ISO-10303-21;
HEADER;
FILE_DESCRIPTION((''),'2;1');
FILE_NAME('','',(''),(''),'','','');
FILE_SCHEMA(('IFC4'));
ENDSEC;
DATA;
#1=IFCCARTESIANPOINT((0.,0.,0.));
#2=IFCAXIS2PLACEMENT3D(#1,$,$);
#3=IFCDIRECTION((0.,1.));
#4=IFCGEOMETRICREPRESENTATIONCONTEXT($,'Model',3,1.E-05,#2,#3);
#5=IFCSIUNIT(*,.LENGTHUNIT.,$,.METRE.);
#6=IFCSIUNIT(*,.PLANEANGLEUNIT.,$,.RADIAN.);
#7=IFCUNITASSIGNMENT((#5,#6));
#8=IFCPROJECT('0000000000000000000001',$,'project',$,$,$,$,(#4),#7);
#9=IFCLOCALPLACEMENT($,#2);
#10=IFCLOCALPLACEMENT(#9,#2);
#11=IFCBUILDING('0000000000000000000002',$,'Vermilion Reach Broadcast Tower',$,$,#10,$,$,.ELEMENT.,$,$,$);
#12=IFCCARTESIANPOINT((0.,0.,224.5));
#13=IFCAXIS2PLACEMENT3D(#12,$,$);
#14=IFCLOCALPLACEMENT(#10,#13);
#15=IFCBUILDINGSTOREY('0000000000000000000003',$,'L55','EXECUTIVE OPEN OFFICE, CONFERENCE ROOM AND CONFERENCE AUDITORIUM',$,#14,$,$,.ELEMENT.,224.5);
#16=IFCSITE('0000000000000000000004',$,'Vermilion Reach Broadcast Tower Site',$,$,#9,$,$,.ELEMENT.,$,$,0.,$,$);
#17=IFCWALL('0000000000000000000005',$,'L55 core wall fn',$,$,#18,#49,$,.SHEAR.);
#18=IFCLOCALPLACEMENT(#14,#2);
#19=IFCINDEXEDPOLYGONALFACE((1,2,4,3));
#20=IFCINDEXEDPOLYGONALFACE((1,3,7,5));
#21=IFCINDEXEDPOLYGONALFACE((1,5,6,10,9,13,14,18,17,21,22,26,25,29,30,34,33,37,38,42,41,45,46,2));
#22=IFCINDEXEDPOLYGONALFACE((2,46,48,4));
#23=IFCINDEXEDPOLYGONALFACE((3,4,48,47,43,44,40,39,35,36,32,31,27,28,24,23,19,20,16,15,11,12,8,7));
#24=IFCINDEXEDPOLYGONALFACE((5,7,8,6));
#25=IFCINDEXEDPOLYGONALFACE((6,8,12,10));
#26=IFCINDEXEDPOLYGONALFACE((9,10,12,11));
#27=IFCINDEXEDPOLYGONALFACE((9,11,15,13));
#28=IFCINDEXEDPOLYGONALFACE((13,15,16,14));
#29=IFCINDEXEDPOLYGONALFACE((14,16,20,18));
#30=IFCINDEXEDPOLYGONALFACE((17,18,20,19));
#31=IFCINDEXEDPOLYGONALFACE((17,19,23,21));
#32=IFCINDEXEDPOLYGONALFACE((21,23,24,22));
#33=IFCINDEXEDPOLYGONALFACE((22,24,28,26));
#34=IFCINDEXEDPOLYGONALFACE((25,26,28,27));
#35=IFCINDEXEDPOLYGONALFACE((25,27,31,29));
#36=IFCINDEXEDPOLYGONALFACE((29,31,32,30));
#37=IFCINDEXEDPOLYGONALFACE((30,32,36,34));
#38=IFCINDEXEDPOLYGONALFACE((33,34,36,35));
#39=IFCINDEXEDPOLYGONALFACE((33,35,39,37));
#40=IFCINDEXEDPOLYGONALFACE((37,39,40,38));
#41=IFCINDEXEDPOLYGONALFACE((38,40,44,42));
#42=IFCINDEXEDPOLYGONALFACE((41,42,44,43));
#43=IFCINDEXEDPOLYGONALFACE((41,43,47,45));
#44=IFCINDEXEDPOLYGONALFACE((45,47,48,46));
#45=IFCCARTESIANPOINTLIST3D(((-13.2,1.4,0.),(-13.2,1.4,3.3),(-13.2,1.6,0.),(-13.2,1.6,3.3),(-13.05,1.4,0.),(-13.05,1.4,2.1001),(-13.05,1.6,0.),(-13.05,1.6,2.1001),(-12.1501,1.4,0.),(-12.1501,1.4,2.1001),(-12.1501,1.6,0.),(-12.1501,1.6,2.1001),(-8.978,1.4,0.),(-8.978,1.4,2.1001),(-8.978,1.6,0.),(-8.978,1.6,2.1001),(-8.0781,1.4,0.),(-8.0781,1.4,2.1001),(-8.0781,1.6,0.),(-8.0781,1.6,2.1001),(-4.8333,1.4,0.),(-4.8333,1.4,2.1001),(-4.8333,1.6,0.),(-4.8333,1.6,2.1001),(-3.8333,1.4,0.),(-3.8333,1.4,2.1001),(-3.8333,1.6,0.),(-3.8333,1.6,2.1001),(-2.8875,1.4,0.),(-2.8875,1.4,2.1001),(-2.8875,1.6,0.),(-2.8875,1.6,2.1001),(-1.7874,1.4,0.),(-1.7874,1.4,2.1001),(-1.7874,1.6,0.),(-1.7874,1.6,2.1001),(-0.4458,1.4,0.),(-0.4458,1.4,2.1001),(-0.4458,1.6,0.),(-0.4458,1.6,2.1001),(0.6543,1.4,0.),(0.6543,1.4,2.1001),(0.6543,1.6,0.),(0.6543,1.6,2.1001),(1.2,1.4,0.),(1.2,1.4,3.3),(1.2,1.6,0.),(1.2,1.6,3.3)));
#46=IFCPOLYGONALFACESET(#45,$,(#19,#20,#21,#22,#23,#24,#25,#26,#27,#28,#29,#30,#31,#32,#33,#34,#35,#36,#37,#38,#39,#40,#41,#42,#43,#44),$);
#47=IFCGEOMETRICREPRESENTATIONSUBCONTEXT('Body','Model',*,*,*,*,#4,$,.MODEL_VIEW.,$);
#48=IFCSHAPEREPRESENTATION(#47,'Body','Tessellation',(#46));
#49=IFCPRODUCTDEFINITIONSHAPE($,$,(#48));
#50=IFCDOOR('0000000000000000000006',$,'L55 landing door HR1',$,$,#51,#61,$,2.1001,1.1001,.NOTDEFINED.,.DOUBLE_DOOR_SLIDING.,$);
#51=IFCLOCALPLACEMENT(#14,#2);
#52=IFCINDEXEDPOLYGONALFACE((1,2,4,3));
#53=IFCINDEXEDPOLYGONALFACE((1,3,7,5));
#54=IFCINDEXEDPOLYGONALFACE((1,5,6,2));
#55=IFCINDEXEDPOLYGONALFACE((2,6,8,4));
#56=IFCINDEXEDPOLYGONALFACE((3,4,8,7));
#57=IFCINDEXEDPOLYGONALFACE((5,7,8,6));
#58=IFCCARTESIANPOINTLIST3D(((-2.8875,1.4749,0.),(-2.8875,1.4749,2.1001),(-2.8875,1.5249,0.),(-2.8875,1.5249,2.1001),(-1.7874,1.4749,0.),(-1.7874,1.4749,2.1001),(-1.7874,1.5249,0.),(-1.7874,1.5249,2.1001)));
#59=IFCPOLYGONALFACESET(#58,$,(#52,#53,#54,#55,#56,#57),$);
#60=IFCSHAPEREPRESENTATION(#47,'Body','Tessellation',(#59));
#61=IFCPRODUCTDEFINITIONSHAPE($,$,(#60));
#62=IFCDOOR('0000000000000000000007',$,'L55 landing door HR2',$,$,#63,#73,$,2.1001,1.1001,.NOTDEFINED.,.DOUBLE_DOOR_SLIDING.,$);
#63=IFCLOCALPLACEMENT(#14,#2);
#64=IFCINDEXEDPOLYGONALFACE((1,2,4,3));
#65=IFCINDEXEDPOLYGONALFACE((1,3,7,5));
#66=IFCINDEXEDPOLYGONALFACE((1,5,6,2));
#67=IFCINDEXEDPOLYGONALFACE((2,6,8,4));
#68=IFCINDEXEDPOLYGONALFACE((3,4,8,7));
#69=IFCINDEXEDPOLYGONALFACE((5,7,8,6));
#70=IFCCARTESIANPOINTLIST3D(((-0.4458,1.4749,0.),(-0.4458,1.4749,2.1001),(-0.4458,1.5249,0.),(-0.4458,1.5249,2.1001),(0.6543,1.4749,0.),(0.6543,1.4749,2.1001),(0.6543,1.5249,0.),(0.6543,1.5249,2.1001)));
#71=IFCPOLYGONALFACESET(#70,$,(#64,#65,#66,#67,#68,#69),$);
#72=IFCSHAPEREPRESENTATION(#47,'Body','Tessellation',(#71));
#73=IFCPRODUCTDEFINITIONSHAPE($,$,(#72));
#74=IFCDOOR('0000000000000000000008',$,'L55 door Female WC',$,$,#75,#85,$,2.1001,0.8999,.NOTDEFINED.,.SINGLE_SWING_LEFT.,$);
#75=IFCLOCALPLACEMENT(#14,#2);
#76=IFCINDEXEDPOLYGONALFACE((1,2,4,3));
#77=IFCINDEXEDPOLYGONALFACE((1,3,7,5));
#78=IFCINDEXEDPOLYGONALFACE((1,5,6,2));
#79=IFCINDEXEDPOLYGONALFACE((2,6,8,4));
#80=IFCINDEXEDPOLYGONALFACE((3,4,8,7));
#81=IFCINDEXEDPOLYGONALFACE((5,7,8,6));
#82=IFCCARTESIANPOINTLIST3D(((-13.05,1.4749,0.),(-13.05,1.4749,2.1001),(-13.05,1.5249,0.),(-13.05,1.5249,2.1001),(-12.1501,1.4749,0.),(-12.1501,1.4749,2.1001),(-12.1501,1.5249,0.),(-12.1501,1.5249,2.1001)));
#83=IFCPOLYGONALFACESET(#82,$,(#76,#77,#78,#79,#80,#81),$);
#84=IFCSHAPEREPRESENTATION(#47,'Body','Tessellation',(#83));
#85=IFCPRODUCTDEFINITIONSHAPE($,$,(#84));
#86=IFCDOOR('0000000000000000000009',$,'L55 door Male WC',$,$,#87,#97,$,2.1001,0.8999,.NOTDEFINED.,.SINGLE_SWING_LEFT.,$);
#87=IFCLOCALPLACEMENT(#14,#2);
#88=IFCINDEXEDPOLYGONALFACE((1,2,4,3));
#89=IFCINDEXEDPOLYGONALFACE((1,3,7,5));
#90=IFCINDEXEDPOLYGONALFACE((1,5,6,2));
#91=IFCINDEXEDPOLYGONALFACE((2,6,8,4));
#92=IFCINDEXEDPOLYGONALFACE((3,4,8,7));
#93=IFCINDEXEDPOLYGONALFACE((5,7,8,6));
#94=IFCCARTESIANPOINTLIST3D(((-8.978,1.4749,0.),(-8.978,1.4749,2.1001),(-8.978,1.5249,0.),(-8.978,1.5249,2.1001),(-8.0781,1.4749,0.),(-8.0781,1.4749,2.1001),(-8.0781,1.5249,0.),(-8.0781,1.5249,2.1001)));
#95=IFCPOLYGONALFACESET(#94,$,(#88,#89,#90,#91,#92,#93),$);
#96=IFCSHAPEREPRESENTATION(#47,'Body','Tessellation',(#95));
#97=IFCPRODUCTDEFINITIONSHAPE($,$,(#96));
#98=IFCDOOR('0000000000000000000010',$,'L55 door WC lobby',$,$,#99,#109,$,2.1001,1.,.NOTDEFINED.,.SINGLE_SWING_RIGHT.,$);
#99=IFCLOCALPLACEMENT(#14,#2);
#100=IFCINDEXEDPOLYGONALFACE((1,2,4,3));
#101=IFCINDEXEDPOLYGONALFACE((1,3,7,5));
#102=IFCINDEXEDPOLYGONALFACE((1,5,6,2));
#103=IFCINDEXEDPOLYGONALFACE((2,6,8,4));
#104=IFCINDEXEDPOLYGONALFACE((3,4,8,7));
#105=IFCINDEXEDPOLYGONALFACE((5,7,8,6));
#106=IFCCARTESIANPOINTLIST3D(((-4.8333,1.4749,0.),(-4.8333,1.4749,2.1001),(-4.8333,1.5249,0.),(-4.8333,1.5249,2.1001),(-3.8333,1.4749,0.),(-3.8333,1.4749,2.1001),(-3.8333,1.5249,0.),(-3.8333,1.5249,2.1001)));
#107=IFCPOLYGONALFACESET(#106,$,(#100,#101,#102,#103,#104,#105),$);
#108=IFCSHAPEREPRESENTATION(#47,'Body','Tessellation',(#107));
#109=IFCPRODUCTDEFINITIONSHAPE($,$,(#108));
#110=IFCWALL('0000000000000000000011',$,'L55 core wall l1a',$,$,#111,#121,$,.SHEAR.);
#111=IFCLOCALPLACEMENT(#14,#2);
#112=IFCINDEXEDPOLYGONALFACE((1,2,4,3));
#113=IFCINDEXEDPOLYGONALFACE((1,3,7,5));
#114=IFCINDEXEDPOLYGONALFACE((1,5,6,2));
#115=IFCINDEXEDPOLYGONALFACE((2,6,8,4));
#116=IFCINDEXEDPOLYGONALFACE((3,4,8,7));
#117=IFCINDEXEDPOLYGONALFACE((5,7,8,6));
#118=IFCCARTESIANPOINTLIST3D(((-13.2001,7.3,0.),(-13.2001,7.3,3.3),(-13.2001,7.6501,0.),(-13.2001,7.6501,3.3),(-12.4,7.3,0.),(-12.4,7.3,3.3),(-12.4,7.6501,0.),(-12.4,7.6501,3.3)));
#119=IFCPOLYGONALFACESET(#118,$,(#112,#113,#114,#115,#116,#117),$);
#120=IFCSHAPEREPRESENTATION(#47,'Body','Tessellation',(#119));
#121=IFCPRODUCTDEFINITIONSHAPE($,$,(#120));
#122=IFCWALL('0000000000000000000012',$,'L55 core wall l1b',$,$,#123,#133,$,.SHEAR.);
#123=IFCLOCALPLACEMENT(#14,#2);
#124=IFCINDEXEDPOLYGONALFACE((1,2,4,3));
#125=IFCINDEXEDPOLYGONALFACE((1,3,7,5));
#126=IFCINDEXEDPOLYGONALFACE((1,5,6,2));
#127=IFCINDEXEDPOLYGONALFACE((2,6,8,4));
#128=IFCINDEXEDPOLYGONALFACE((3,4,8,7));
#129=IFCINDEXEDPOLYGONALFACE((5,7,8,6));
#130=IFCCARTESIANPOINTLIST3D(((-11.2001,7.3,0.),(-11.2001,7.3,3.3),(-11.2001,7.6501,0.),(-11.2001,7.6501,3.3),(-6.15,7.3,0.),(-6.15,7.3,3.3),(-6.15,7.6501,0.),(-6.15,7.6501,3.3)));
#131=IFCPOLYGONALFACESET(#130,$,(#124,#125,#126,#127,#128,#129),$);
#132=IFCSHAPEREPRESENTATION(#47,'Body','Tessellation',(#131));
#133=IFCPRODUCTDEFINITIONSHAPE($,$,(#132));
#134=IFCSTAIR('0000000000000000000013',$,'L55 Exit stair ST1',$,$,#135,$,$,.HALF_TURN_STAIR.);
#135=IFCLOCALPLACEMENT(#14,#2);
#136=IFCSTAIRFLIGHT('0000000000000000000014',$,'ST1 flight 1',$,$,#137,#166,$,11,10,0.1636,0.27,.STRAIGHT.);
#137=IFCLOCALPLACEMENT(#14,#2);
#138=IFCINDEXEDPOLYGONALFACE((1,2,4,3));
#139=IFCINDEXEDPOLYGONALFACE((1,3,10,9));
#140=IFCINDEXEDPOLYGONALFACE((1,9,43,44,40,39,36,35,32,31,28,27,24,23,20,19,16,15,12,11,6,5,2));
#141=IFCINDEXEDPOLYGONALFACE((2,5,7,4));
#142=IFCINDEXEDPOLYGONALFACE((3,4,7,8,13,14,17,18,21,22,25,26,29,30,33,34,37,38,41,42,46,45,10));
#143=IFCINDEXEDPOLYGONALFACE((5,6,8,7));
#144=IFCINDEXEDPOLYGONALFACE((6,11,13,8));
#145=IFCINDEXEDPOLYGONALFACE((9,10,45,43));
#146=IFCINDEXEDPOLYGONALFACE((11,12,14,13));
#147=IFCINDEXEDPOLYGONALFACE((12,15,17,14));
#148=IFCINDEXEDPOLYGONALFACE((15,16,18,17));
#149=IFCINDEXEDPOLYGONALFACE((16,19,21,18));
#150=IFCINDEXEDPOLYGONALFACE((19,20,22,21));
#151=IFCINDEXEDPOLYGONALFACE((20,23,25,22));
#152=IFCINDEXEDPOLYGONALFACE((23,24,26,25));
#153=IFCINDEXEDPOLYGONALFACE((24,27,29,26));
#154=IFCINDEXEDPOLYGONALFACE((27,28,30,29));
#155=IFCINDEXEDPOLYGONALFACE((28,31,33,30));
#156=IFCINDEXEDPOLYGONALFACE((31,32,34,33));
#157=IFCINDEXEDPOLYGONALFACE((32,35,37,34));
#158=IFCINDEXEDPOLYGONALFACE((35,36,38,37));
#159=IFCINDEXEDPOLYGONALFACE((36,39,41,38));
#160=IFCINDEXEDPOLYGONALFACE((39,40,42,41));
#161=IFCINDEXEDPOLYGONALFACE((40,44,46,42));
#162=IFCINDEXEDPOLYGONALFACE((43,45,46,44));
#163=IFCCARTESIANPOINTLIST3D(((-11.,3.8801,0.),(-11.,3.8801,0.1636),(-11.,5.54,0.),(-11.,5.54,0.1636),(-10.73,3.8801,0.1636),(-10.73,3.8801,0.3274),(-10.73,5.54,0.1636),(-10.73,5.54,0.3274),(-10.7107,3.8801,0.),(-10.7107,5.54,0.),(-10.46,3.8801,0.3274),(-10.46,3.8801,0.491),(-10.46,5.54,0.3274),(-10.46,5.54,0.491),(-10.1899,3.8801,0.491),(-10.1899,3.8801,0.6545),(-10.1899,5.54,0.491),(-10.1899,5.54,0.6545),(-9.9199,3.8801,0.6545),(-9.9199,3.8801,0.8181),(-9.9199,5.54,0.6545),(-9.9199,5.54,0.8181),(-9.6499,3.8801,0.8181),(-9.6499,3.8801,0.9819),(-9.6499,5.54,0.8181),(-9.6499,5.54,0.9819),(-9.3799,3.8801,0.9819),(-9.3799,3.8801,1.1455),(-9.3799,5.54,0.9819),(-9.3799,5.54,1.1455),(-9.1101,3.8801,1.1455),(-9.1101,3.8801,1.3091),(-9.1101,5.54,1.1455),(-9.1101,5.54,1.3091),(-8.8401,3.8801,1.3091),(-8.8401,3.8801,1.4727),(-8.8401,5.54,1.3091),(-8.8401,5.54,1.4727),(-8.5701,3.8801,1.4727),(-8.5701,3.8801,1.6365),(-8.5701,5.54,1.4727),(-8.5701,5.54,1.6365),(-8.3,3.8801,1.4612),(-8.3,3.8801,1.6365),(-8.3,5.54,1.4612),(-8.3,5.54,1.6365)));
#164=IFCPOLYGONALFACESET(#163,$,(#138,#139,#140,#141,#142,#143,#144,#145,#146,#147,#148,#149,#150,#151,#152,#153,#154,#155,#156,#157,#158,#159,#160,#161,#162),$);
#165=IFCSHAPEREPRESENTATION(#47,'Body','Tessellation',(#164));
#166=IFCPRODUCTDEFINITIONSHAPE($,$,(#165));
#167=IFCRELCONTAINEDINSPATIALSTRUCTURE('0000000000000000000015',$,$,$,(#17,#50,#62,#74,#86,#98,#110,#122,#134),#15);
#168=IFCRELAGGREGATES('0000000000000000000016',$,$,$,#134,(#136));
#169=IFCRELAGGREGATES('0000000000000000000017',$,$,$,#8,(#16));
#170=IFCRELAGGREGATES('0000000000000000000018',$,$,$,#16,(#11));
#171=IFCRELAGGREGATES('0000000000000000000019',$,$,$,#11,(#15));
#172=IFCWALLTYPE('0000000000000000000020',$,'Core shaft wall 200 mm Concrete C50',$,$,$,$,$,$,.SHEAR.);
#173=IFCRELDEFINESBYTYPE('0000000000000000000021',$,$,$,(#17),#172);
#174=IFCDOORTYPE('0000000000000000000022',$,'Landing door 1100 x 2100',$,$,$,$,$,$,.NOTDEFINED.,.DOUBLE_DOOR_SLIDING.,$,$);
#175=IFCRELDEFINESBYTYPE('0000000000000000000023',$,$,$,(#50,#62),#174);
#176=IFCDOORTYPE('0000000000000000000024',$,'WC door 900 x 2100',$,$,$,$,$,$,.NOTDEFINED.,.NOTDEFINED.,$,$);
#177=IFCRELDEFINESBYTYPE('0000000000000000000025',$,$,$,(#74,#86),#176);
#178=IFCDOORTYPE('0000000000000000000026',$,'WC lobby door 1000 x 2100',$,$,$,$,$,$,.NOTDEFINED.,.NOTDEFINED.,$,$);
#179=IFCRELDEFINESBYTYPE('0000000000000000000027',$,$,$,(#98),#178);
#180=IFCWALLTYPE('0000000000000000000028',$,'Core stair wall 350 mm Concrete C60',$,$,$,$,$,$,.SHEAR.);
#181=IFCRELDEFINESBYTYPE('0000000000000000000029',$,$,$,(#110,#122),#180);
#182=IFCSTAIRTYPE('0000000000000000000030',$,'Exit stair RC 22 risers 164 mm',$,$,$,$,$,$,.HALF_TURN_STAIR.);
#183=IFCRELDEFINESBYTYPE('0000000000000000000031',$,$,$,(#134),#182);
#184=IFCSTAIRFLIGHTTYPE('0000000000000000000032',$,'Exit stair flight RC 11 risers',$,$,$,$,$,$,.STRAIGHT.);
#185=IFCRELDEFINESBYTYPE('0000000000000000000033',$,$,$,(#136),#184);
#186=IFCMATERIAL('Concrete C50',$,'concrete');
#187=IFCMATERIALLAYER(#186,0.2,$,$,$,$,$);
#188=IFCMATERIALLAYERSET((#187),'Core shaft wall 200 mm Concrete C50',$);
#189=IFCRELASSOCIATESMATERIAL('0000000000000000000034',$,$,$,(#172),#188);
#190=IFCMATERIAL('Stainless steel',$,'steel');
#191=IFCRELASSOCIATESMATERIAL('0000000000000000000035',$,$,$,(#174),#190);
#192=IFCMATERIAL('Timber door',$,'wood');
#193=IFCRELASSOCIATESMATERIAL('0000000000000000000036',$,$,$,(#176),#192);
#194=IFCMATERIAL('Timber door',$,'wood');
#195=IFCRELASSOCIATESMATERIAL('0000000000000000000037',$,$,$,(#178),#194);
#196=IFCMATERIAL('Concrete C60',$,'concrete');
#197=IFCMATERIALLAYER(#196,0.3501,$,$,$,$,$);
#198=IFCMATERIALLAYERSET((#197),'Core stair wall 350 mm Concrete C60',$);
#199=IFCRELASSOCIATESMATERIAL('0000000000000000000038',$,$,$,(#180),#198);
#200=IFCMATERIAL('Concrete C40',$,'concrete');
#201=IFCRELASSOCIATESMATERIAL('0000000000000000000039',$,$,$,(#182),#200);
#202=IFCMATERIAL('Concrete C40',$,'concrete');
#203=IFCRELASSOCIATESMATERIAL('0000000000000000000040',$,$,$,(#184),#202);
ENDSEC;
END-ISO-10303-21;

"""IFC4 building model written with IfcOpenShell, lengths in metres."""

from ifc_helpers import new_model, si_unit, direction, frame, frame_2d, origin, place, context, subcontext, project, spatial, polyline, rectangle, outline, extrude, material, layer, layer_set, type_object, element, fill, aggregate, save


model = new_model("IFC4")

# Units and contexts
model_context = context("Model", 3, precision=1e-05, world=origin(), true_north=direction((0.0, 1.0)))
body_context = subcontext(model_context, "Body", "Model", "MODEL_VIEW")
ifc_project = project(units=[si_unit("LENGTHUNIT", "METRE"), si_unit("PLANEANGLEUNIT", "RADIAN")], contexts=[model_context])

# Site, building, storey
site_placement = place(None, origin())
site = spatial("IfcSite", under=ifc_project, at=site_placement, Name="Vermilion Reach Broadcast Tower Site", CompositionType="ELEMENT", RefElevation=0.0)
building_placement = place(site_placement, origin())
building = spatial("IfcBuilding", under=site, at=building_placement, Name="Vermilion Reach Broadcast Tower", CompositionType="ELEMENT")
storey_placement = place(building_placement, frame((0.0, 0.0, 224.5)))
storey = spatial("IfcBuildingStorey", under=building, at=storey_placement, Name="L55", Description="EXECUTIVE OPEN OFFICE, CONFERENCE ROOM AND CONFERENCE AUDITORIUM", CompositionType="ELEMENT", Elevation=224.5)

# Wall, openings, doors
ifc_material_1 = material(Name="Concrete C50", Category="concrete")
ifc_layer_1 = layer(ifc_material_1, 0.2)
ifc_layer_set_1 = layer_set([ifc_layer_1], Name="Core shaft wall 200 mm Concrete C50")
wall_type_1 = type_object("IfcWallType", Name="Core shaft wall 200 mm Concrete C50", PredefinedType="SHEAR", material=ifc_layer_set_1)
wall_1_placement = place(storey_placement, frame((-13.2, 1.5, 0.0), z_axis=(0.0, 0.0, 1.0), x_axis=(1.0, 0.0, 0.0)))
wall_1 = element("IfcWall", 1, at=wall_1_placement, inside=storey, type_object=wall_type_1, Name="L55 core wall fn", PredefinedType="SHEAR", context=body_context, shape_type="SweptSolid", body=[
    extrude(rectangle(XDim=14.3999, YDim=0.2, at=frame_2d((7.2, 0.0))), origin(), (0.0, 0.0, 1.0), 3.3),
])
opening_1_placement = place(wall_1_placement, frame((10.3125, 0.0, 0.0)))
opening_1 = element("IfcOpeningElement", 2, at=opening_1_placement, cuts=wall_1, PredefinedType="OPENING", context=body_context, shape_type="SweptSolid", body=[
    extrude(rectangle(XDim=1.1001, YDim=2.1001, at=frame_2d((0.55, 1.05))), frame((0.0, 0.1099, 0.0), z_axis=(0.0, -1.0, 0.0), x_axis=(1.0, 0.0, 0.0)), (0.0, 0.0, 1.0), 0.22),
])
opening_2_placement = place(wall_1_placement, frame((12.7542, 0.0, 0.0)))
opening_2 = element("IfcOpeningElement", 3, at=opening_2_placement, cuts=wall_1, PredefinedType="OPENING", context=body_context, shape_type="SweptSolid", body=[
    extrude(rectangle(XDim=1.1001, YDim=2.1001, at=frame_2d((0.55, 1.05))), frame((0.0, 0.1099, 0.0), z_axis=(0.0, -1.0, 0.0), x_axis=(1.0, 0.0, 0.0)), (0.0, 0.0, 1.0), 0.22),
])
opening_3_placement = place(wall_1_placement, frame((0.1499, 0.0, 0.0)))
opening_3 = element("IfcOpeningElement", 4, at=opening_3_placement, cuts=wall_1, PredefinedType="OPENING", context=body_context, shape_type="SweptSolid", body=[
    extrude(rectangle(XDim=0.8999, YDim=2.1001, at=frame_2d((0.45, 1.05))), frame((0.0, 0.1099, 0.0), z_axis=(0.0, -1.0, 0.0), x_axis=(1.0, 0.0, 0.0)), (0.0, 0.0, 1.0), 0.22),
])
opening_4_placement = place(wall_1_placement, frame((4.2219, 0.0, 0.0)))
opening_4 = element("IfcOpeningElement", 5, at=opening_4_placement, cuts=wall_1, PredefinedType="OPENING", context=body_context, shape_type="SweptSolid", body=[
    extrude(rectangle(XDim=0.8999, YDim=2.1001, at=frame_2d((0.45, 1.05))), frame((0.0, 0.1099, 0.0), z_axis=(0.0, -1.0, 0.0), x_axis=(1.0, 0.0, 0.0)), (0.0, 0.0, 1.0), 0.22),
])
opening_5_placement = place(wall_1_placement, frame((8.3667, 0.0, 0.0)))
opening_5 = element("IfcOpeningElement", 6, at=opening_5_placement, cuts=wall_1, PredefinedType="OPENING", context=body_context, shape_type="SweptSolid", body=[
    extrude(rectangle(XDim=1.0, YDim=2.1001, at=frame_2d((0.5, 1.05))), frame((0.0, 0.1099, 0.0), z_axis=(0.0, -1.0, 0.0), x_axis=(1.0, 0.0, 0.0)), (0.0, 0.0, 1.0), 0.22),
])
ifc_material_2 = material(Name="Stainless steel", Category="steel")
door_type_1 = type_object("IfcDoorType", Name="Landing door 1100 x 2100", OperationType="DOUBLE_DOOR_SLIDING", PredefinedType="NOTDEFINED", material=ifc_material_2)
door_1_placement = place(opening_1_placement, origin())
door_1 = element("IfcDoor", 7, at=door_1_placement, inside=storey, type_object=door_type_1, Name="L55 landing door HR1", OperationType="DOUBLE_DOOR_SLIDING", OverallHeight=2.1001, OverallWidth=1.1001, PredefinedType="NOTDEFINED", context=body_context, shape_type="SweptSolid", body=[
    extrude(rectangle(XDim=1.1001, YDim=2.1001, at=frame_2d((0.55, 1.05))), frame((0.0, 0.0249, 0.0), z_axis=(0.0, -1.0, 0.0), x_axis=(1.0, 0.0, 0.0)), (0.0, 0.0, 1.0), 0.05),
])
fill(opening_1, door_1)
door_2_placement = place(opening_2_placement, origin())
door_2 = element("IfcDoor", 8, at=door_2_placement, inside=storey, type_object=door_type_1, Name="L55 landing door HR2", OperationType="DOUBLE_DOOR_SLIDING", OverallHeight=2.1001, OverallWidth=1.1001, PredefinedType="NOTDEFINED", context=body_context, shape_type="SweptSolid", body=[
    extrude(rectangle(XDim=1.1001, YDim=2.1001, at=frame_2d((0.55, 1.05))), frame((0.0, 0.0249, 0.0), z_axis=(0.0, -1.0, 0.0), x_axis=(1.0, 0.0, 0.0)), (0.0, 0.0, 1.0), 0.05),
])
fill(opening_2, door_2)
ifc_material_3 = material(Name="Timber door", Category="wood")
door_type_2 = type_object("IfcDoorType", Name="WC door 900 x 2100", OperationType="NOTDEFINED", PredefinedType="NOTDEFINED", material=ifc_material_3)
door_3_placement = place(opening_3_placement, origin())
door_3 = element("IfcDoor", 9, at=door_3_placement, inside=storey, type_object=door_type_2, Name="L55 door Female WC", OperationType="SINGLE_SWING_LEFT", OverallHeight=2.1001, OverallWidth=0.8999, PredefinedType="NOTDEFINED", context=body_context, shape_type="SweptSolid", body=[
    extrude(rectangle(XDim=0.8999, YDim=2.1001, at=frame_2d((0.45, 1.05))), frame((0.0, 0.0249, 0.0), z_axis=(0.0, -1.0, 0.0), x_axis=(1.0, 0.0, 0.0)), (0.0, 0.0, 1.0), 0.05),
])
fill(opening_3, door_3)
door_4_placement = place(opening_4_placement, origin())
door_4 = element("IfcDoor", 10, at=door_4_placement, inside=storey, type_object=door_type_2, Name="L55 door Male WC", OperationType="SINGLE_SWING_LEFT", OverallHeight=2.1001, OverallWidth=0.8999, PredefinedType="NOTDEFINED", context=body_context, shape_type="SweptSolid", body=[
    extrude(rectangle(XDim=0.8999, YDim=2.1001, at=frame_2d((0.45, 1.05))), frame((0.0, 0.0249, 0.0), z_axis=(0.0, -1.0, 0.0), x_axis=(1.0, 0.0, 0.0)), (0.0, 0.0, 1.0), 0.05),
])
fill(opening_4, door_4)
ifc_material_4 = material(Name="Timber door", Category="wood")
door_type_3 = type_object("IfcDoorType", Name="WC lobby door 1000 x 2100", OperationType="NOTDEFINED", PredefinedType="NOTDEFINED", material=ifc_material_4)
door_5_placement = place(opening_5_placement, origin())
door_5 = element("IfcDoor", 11, at=door_5_placement, inside=storey, type_object=door_type_3, Name="L55 door WC lobby", OperationType="SINGLE_SWING_RIGHT", OverallHeight=2.1001, OverallWidth=1.0, PredefinedType="NOTDEFINED", context=body_context, shape_type="SweptSolid", body=[
    extrude(rectangle(XDim=1.0, YDim=2.1001, at=frame_2d((0.5, 1.05))), frame((0.0, 0.0249, 0.0), z_axis=(0.0, -1.0, 0.0), x_axis=(1.0, 0.0, 0.0)), (0.0, 0.0, 1.0), 0.05),
])
fill(opening_5, door_5)

# Walls
ifc_material_5 = material(Name="Concrete C60", Category="concrete")
ifc_layer_2 = layer(ifc_material_5, 0.3501)
ifc_layer_set_2 = layer_set([ifc_layer_2], Name="Core stair wall 350 mm Concrete C60")
wall_type_2 = type_object("IfcWallType", Name="Core stair wall 350 mm Concrete C60", PredefinedType="SHEAR", material=ifc_layer_set_2)
wall_2_placement = place(storey_placement, frame((-13.2, 7.4751, 0.0), z_axis=(0.0, 0.0, 1.0), x_axis=(1.0, 0.0, 0.0)))
element("IfcWall", 12, at=wall_2_placement, inside=storey, type_object=wall_type_2, Name="L55 core wall l1a", PredefinedType="SHEAR", context=body_context, shape_type="SweptSolid", body=[
    extrude(rectangle(XDim=0.8, YDim=0.3501, at=frame_2d((0.3999, 0.0))), origin(), (0.0, 0.0, 1.0), 3.3),
])
wall_3_placement = place(storey_placement, frame((-11.2, 7.4751, 0.0), z_axis=(0.0, 0.0, 1.0), x_axis=(1.0, 0.0, 0.0)))
element("IfcWall", 13, at=wall_3_placement, inside=storey, type_object=wall_type_2, Name="L55 core wall l1b", PredefinedType="SHEAR", context=body_context, shape_type="SweptSolid", body=[
    extrude(rectangle(XDim=5.05, YDim=0.3501, at=frame_2d((2.5249, 0.0))), origin(), (0.0, 0.0, 1.0), 3.3),
])

# Stair, stair flight
ifc_material_6 = material(Name="Concrete C40", Category="concrete")
stair_type = type_object("IfcStairType", Name="Exit stair RC 22 risers 164 mm", PredefinedType="HALF_TURN_STAIR", material=ifc_material_6)
stair_placement = place(storey_placement, origin())
stair = element("IfcStair", 14, at=stair_placement, inside=storey, type_object=stair_type, Name="L55 Exit stair ST1", PredefinedType="HALF_TURN_STAIR")
ifc_material_7 = material(Name="Concrete C40", Category="concrete")
stair_flight_type = type_object("IfcStairFlightType", Name="Exit stair flight RC 11 risers", PredefinedType="STRAIGHT", material=ifc_material_7)
stair_flight_1_placement = place(storey_placement, frame((-11.0, 4.71, 0.0), z_axis=(0.0, 0.0, 1.0), x_axis=(1.0, 0.0, 0.0)))
stair_flight_1 = element("IfcStairFlight", 15, at=stair_flight_1_placement, type_object=stair_flight_type, Name="ST1 flight 1", NumberOfRisers=11, NumberOfTreads=10, PredefinedType="STRAIGHT", RiserHeight=0.1636, TreadLength=0.27, context=body_context, shape_type="SweptSolid", body=[
    extrude(outline(polyline([(0.0, 0.0), (0.0, 0.1636), (0.27, 0.1636), (0.27, 0.3274), (0.54, 0.3274), (0.54, 0.491), (0.8101, 0.491), (0.8101, 0.6545), (1.0801, 0.6545), (1.0801, 0.8181), (1.3501, 0.8181), (1.3501, 0.9819), (1.6201, 0.9819), (1.6201, 1.1455), (1.8899, 1.1455), (1.8899, 1.3091), (2.1599, 1.3091), (2.1599, 1.4727), (2.4299, 1.4727), (2.4299, 1.6365), (2.7, 1.6365), (2.7, 1.8), (2.7, 1.4612), (0.2893, 0.0), (0.0, 0.0)])), frame((0.0, 0.8301, 0.0), z_axis=(0.0, -1.0, 0.0), x_axis=(1.0, 0.0, 0.0)), (0.0, 0.0, 1.0), 1.6599),
])
aggregate(stair, [stair_flight_1])

save(model, "model.ifc")
